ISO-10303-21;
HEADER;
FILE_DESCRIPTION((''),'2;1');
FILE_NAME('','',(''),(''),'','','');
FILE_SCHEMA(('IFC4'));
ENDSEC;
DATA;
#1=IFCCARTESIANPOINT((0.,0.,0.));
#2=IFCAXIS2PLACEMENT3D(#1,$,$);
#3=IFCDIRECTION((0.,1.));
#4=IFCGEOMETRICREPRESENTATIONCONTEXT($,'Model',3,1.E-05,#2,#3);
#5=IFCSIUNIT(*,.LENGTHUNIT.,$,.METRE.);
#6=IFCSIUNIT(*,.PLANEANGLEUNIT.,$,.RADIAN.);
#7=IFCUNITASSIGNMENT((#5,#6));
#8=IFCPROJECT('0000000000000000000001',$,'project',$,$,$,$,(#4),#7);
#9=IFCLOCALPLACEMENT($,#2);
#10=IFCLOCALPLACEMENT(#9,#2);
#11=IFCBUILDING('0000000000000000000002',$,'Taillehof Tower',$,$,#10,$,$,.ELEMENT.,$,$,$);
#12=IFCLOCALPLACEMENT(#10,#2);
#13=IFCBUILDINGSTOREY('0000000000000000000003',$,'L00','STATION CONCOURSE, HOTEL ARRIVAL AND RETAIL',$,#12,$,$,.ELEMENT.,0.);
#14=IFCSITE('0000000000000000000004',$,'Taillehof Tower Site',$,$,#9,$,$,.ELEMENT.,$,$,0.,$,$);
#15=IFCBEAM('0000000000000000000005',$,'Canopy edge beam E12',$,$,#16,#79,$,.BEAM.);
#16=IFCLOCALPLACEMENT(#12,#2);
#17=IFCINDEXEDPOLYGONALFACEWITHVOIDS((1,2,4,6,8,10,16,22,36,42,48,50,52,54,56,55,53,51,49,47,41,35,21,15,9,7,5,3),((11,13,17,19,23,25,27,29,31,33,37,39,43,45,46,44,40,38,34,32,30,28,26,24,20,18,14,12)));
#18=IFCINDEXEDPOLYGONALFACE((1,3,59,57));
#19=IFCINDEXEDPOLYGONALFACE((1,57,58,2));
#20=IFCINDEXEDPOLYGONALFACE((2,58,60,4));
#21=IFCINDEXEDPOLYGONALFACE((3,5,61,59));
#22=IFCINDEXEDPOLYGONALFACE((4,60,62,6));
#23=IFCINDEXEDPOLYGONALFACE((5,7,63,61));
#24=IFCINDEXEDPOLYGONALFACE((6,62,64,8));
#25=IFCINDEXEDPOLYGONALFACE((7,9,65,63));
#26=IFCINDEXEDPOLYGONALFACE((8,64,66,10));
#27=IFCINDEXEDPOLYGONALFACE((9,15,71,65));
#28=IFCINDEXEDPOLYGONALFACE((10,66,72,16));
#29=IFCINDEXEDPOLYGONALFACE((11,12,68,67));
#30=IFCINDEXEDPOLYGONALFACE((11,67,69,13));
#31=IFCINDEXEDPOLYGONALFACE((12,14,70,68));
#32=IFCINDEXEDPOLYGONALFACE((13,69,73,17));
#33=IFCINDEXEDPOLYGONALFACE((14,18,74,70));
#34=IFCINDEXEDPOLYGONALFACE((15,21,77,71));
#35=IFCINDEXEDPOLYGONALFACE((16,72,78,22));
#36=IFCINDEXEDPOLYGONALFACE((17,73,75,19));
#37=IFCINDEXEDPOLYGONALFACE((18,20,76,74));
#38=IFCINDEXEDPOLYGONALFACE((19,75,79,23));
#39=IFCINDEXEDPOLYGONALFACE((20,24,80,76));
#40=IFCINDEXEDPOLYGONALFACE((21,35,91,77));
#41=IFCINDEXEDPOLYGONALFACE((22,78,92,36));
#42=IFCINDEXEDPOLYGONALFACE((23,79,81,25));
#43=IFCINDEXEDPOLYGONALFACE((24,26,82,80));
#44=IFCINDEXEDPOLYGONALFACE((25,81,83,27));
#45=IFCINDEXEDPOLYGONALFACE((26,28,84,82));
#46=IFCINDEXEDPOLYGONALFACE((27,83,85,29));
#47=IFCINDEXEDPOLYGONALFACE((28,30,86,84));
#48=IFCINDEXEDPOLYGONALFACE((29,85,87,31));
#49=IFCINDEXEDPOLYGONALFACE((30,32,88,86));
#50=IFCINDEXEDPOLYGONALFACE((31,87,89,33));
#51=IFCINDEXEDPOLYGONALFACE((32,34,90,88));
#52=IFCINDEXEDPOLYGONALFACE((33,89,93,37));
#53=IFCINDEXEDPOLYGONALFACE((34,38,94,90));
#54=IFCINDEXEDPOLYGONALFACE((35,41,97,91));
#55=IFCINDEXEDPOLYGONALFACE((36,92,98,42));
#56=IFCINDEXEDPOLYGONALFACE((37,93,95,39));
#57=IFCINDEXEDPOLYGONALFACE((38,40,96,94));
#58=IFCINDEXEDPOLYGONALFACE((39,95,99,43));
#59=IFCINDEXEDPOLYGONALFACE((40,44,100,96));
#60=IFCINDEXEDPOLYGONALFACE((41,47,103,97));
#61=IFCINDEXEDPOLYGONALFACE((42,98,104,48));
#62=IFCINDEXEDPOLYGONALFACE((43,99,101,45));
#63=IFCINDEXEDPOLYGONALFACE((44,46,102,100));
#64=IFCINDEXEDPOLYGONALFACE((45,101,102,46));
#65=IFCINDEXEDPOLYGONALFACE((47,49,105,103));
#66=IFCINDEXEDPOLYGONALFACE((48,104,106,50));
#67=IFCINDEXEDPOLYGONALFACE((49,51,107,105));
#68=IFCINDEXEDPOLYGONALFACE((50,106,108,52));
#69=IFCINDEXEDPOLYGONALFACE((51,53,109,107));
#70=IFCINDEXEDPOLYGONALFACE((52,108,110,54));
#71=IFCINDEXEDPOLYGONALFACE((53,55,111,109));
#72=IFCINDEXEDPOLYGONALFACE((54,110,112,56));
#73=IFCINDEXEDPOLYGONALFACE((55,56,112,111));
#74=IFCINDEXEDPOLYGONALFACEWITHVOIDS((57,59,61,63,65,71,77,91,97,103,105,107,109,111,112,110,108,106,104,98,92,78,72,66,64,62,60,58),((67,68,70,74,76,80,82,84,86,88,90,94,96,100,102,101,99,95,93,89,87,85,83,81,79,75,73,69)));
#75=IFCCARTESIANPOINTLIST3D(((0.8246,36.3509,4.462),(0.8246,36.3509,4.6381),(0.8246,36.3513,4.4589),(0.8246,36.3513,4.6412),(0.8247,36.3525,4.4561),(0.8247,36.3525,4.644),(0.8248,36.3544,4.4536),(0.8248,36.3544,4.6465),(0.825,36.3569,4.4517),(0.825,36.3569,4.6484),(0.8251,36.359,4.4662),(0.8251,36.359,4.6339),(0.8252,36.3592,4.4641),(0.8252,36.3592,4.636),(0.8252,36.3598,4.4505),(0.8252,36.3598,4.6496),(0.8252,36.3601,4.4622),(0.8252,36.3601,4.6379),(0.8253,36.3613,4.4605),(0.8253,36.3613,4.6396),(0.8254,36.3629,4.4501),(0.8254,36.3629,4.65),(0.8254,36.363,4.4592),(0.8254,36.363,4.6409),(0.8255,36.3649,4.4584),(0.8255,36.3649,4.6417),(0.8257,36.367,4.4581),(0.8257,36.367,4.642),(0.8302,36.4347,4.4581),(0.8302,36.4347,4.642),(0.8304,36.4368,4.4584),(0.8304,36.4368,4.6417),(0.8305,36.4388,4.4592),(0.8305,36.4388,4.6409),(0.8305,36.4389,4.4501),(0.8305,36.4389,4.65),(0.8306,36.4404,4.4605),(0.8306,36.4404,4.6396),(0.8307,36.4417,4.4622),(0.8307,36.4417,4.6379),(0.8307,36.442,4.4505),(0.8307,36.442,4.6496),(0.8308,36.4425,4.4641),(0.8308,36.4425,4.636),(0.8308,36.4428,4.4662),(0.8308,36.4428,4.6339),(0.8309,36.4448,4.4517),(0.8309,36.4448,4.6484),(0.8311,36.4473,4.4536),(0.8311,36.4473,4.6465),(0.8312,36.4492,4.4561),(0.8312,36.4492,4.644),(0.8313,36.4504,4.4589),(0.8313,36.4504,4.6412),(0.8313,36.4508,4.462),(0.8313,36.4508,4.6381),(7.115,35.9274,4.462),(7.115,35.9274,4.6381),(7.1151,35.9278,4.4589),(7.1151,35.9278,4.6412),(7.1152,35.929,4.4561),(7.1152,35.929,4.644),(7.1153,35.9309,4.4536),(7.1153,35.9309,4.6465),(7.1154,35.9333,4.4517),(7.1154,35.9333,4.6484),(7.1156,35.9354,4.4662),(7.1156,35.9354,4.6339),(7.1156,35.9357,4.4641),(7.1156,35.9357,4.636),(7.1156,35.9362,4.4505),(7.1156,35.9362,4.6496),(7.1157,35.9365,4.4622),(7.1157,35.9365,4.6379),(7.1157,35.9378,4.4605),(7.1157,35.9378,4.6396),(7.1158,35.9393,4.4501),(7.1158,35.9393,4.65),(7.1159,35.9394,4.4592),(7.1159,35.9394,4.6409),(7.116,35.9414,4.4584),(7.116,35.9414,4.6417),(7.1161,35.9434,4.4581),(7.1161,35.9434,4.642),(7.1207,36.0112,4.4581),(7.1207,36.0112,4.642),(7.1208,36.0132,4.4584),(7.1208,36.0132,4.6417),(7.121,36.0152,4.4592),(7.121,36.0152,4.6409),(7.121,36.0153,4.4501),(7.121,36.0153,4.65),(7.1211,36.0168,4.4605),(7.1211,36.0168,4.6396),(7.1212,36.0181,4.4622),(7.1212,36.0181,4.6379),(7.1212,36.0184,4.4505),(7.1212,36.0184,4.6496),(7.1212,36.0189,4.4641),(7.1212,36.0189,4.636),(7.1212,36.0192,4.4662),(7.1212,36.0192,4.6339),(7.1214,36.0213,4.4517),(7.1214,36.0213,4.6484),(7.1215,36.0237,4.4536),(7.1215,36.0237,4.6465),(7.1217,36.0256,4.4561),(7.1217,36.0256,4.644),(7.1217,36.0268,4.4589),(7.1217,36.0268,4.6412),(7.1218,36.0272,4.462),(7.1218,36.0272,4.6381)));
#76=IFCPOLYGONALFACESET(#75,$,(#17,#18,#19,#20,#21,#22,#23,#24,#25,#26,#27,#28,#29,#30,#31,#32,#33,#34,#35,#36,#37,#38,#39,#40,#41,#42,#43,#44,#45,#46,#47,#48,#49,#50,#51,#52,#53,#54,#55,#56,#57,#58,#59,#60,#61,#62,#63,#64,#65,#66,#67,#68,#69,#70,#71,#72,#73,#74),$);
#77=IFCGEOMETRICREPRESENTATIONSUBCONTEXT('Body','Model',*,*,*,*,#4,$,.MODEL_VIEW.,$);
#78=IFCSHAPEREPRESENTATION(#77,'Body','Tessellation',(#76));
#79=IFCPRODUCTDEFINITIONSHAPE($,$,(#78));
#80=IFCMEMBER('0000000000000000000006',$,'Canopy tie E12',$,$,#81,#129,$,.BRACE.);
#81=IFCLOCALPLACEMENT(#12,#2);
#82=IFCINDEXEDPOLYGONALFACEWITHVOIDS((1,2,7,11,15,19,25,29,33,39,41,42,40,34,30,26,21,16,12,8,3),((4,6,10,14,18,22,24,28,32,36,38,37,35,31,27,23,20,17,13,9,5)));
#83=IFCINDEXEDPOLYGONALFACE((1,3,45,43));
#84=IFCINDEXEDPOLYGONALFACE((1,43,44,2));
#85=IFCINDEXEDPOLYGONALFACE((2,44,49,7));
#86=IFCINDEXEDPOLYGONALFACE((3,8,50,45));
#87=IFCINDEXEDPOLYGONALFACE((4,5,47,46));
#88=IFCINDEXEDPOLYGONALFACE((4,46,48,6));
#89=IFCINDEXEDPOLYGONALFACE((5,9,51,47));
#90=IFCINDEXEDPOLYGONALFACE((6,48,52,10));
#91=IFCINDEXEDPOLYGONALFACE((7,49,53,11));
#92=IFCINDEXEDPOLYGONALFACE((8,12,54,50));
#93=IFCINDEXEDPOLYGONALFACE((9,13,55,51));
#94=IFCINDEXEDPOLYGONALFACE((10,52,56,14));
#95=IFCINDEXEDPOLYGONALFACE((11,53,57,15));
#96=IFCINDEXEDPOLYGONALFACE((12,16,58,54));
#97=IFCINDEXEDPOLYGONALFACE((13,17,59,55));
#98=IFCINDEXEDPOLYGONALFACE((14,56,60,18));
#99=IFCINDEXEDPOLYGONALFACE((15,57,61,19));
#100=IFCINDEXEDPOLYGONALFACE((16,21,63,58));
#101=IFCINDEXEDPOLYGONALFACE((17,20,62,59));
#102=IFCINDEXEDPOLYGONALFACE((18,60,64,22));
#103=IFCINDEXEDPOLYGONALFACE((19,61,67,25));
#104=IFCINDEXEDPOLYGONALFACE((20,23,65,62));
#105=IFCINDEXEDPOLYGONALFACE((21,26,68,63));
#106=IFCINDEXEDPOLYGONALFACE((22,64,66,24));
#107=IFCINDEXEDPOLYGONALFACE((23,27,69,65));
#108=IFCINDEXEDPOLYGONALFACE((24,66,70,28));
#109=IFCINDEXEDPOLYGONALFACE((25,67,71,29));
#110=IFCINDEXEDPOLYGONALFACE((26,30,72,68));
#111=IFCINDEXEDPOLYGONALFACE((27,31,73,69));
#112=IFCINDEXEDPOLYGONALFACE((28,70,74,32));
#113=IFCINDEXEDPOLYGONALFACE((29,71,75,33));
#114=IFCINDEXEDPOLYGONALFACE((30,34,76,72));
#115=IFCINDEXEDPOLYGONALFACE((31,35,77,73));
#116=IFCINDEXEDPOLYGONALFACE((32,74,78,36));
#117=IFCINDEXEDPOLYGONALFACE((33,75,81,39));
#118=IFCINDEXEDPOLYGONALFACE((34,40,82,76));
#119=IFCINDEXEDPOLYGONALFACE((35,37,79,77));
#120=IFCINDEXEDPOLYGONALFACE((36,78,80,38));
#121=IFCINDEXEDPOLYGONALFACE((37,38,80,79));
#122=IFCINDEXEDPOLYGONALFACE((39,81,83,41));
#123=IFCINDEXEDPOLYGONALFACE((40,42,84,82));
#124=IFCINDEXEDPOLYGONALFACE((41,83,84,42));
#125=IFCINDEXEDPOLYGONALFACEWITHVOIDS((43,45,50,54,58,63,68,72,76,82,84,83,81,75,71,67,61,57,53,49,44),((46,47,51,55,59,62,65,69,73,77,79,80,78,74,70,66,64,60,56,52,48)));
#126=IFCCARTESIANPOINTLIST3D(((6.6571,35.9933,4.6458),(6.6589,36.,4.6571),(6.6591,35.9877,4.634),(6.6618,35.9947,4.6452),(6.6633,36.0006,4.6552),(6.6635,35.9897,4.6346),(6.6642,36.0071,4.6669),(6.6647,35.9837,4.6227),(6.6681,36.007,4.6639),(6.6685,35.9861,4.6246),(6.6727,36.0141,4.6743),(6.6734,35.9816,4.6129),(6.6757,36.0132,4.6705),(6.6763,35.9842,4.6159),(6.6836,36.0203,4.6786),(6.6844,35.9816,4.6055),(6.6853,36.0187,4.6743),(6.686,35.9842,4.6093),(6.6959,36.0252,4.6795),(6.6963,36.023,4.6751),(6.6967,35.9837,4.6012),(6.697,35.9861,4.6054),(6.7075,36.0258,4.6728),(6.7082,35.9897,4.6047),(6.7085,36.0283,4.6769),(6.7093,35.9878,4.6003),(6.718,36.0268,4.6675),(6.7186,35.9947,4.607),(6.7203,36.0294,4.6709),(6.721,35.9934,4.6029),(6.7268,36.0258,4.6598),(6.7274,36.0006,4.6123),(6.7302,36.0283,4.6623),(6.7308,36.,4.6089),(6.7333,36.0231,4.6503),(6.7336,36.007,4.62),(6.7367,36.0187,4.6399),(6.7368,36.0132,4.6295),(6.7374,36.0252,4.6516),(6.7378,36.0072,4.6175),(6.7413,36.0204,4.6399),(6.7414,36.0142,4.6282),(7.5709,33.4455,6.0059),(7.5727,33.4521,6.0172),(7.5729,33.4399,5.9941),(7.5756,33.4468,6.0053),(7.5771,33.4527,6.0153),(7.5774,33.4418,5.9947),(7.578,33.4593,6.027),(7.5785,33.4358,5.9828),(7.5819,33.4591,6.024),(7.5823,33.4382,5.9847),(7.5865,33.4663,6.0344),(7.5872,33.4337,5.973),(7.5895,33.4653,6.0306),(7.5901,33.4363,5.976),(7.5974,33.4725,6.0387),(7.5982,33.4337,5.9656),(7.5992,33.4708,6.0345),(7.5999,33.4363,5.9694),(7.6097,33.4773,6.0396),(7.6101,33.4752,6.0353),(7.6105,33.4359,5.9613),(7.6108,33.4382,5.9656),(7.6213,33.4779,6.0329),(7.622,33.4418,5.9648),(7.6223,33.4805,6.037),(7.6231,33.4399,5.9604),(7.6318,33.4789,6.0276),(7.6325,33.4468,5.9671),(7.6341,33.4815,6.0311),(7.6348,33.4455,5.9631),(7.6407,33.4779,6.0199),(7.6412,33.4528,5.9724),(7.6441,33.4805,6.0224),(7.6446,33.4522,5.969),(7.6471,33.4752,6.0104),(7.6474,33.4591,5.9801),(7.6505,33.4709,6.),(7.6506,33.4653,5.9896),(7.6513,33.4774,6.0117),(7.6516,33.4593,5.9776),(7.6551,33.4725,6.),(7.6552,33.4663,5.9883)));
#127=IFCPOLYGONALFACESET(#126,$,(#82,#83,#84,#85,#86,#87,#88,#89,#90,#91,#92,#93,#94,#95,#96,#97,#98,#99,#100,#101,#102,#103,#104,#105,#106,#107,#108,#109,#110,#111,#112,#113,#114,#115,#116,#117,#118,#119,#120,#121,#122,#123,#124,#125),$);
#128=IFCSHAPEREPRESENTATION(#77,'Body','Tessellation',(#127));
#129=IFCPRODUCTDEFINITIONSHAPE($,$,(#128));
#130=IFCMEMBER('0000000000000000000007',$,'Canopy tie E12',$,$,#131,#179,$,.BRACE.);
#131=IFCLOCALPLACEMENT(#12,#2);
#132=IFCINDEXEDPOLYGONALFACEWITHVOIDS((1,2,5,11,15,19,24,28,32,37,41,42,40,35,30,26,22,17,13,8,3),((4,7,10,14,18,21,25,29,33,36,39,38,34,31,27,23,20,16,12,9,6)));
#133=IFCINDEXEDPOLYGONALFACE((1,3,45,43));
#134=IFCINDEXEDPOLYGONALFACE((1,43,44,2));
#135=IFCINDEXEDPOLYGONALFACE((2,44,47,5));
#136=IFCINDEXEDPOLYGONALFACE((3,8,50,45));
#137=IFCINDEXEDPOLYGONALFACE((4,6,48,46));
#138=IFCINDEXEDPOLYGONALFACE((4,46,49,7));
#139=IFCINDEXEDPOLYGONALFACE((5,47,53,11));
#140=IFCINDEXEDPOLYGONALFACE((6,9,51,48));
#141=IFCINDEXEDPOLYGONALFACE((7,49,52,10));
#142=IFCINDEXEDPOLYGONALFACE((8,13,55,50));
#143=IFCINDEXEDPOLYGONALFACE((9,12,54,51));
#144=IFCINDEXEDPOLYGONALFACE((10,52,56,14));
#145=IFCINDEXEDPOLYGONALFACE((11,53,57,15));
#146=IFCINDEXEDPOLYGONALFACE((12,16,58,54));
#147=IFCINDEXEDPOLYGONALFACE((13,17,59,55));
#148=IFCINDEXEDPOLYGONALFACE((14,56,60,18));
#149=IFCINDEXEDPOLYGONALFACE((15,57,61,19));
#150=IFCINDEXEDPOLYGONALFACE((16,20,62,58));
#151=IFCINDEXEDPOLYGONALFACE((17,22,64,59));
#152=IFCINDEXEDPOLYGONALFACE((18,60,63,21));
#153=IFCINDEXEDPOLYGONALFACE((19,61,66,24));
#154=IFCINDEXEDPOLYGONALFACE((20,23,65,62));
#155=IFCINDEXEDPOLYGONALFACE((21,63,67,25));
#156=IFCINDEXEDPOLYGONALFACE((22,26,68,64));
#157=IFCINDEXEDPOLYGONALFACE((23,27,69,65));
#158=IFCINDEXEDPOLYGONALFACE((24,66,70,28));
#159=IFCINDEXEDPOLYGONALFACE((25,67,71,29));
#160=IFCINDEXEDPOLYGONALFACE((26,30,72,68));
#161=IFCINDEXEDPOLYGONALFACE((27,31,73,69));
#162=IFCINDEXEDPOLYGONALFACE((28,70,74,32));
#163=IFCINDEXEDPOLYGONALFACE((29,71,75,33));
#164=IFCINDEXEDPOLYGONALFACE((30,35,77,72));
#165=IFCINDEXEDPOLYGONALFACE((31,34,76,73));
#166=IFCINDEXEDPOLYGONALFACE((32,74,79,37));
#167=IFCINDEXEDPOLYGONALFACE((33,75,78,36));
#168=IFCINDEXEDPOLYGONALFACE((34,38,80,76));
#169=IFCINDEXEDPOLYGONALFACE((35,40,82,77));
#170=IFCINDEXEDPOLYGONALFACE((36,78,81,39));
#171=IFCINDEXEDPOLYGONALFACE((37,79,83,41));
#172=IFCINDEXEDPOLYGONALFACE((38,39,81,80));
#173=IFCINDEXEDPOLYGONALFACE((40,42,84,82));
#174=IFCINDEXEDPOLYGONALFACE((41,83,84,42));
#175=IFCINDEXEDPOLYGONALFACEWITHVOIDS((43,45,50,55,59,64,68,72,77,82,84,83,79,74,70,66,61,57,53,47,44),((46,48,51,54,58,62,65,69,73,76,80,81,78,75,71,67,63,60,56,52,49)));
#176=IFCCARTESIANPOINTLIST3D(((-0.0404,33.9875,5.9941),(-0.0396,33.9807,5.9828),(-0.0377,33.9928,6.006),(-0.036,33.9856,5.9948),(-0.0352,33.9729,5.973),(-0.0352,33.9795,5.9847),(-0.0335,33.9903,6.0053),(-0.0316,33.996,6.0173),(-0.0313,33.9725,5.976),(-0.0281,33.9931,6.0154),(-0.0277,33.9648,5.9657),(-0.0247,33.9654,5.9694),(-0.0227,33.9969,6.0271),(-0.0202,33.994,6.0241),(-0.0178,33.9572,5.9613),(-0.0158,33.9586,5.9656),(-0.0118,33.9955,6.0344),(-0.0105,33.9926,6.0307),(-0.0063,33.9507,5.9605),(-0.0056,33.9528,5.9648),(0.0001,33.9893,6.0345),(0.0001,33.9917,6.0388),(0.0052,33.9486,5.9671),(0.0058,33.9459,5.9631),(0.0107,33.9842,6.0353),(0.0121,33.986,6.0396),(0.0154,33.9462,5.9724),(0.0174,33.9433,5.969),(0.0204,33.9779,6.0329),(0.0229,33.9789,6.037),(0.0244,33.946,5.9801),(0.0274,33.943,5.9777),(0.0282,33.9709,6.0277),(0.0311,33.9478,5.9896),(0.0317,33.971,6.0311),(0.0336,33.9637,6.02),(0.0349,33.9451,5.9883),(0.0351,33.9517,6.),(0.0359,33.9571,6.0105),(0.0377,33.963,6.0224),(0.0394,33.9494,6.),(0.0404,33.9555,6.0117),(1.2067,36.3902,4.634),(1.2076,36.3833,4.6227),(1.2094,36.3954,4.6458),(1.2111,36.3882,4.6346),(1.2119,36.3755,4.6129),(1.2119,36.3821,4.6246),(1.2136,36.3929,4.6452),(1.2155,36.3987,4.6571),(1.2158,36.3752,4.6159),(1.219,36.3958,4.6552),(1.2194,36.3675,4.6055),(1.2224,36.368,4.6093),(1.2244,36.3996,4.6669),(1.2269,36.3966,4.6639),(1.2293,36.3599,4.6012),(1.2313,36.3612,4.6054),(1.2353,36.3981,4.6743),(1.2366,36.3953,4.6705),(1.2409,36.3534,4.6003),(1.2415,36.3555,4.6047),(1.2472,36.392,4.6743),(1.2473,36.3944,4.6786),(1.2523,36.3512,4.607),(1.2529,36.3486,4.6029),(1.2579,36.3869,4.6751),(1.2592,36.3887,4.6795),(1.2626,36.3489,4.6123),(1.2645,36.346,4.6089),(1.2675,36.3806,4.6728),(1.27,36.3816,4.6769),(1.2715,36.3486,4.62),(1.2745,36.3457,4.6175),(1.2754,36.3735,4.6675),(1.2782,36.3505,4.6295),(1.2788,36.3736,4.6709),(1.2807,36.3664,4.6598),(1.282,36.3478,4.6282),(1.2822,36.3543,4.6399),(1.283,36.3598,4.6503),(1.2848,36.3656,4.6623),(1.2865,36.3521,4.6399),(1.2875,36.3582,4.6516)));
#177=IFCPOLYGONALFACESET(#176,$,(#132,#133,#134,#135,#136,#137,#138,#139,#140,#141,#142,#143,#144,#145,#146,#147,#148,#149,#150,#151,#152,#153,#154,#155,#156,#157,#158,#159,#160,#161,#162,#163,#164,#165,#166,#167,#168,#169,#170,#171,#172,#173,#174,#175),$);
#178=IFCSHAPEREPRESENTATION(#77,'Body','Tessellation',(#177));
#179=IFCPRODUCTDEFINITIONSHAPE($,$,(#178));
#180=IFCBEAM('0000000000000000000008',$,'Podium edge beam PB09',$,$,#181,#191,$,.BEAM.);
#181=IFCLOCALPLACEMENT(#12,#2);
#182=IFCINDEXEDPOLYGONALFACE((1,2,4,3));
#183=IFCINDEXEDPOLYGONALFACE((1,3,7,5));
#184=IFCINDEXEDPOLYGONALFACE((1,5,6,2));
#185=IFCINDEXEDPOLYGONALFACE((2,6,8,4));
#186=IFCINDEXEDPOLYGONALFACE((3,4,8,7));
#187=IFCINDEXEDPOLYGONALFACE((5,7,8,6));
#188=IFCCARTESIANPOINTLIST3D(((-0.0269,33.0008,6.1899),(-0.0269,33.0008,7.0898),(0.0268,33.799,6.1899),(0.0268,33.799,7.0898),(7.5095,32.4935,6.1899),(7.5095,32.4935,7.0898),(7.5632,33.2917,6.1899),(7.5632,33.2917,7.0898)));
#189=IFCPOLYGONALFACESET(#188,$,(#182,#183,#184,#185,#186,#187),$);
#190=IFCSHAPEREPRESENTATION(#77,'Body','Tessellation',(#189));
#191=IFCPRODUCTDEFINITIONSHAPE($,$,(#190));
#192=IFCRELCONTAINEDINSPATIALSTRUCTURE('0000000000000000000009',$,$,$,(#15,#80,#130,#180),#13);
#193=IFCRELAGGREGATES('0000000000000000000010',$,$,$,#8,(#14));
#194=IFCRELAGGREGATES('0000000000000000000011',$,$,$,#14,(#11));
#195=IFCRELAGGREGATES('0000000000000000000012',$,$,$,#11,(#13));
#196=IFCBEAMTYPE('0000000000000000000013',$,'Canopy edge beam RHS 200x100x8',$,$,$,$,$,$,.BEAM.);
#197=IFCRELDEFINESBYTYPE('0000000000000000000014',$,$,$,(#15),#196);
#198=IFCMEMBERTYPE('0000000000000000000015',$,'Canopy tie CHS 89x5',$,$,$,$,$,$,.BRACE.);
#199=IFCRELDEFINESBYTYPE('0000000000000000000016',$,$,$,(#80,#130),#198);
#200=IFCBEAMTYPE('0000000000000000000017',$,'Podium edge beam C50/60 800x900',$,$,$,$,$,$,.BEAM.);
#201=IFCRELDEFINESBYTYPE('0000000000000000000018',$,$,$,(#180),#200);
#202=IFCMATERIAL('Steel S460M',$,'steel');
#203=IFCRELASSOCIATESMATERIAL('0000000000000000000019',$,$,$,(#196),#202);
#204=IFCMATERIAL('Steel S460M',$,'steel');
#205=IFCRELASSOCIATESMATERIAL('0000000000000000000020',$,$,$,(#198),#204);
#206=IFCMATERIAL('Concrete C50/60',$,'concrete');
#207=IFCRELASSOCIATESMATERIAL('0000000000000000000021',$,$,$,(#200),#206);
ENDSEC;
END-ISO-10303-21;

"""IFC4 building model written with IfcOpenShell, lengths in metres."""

from ifc_helpers import new_model, si_unit, direction, frame, origin, origin_2d, place, context, subcontext, project, spatial, rectangle, hollow_rectangle, hollow_circle, extrude, material, material_profile, profile_set, type_object, element, save


model = new_model("IFC4")

# Units and contexts
model_context = context("Model", 3, precision=1e-05, world=origin(), true_north=direction((0.0, 1.0)))
body_context = subcontext(model_context, "Body", "Model", "MODEL_VIEW")
ifc_project = project(units=[si_unit("LENGTHUNIT", "METRE"), si_unit("PLANEANGLEUNIT", "RADIAN")], contexts=[model_context])

# Site, building, storey
site_placement = place(None, origin())
site = spatial("IfcSite", under=ifc_project, at=site_placement, Name="Taillehof Tower Site", CompositionType="ELEMENT", RefElevation=0.0)
building_placement = place(site_placement, origin())
building = spatial("IfcBuilding", under=site, at=building_placement, Name="Taillehof Tower", CompositionType="ELEMENT")
storey_placement = place(building_placement, origin())
storey = spatial("IfcBuildingStorey", under=building, at=storey_placement, Name="L00", Description="STATION CONCOURSE, HOTEL ARRIVAL AND RETAIL", CompositionType="ELEMENT", Elevation=0.0)

# Beam
ifc_material_1 = material(Name="Steel S460M", Category="steel")
ifc_material_profile_1 = material_profile(ifc_material_1, hollow_rectangle(XDim=0.1001, YDim=0.2, WallThickness=0.0081, InnerFilletRadius=0.0081, OuterFilletRadius=0.012, at=origin_2d()), Name="RHS 200x100x8")
ifc_profile_set_1 = profile_set([ifc_material_profile_1], Name="Steel S460M")
beam_type_1 = type_object("IfcBeamType", Name="Canopy edge beam RHS 200x100x8", PredefinedType="BEAM", material=ifc_profile_set_1)
beam_1_placement = place(storey_placement, frame((7.1184, 35.9773, 4.55), z_axis=(-0.997741, 0.067185, 0.0), x_axis=(-0.067185, -0.997741, 0.0)))
element("IfcBeam", 1, at=beam_1_placement, inside=storey, type_object=beam_type_1, Name="Canopy edge beam E12", PredefinedType="BEAM", context=body_context, shape_type="SweptSolid", body=[
    extrude(hollow_rectangle(XDim=0.1001, YDim=0.2, WallThickness=0.0081, InnerFilletRadius=0.0081, OuterFilletRadius=0.012, at=origin_2d()), origin(), (0.0, 0.0, 1.0), 6.3047),
])

# Members
ifc_material_2 = material(Name="Steel S460M", Category="steel")
ifc_material_profile_2 = material_profile(ifc_material_2, hollow_circle(Radius=0.0444, WallThickness=0.0049, at=origin_2d()), Name="CHS 89x5")
ifc_profile_set_2 = profile_set([ifc_material_profile_2], Name="Steel S460M")
member_type = type_object("IfcMemberType", Name="Canopy tie CHS 89x5", PredefinedType="BRACE", material=ifc_profile_set_2)
member_1_placement = place(storey_placement, frame((6.6995, 36.0054, 4.6399), z_axis=(0.301662, -0.841076, 0.448988), x_axis=(0.941288, 0.337605, 0.0)))
element("IfcMember", 2, at=member_1_placement, inside=storey, type_object=member_type, Name="Canopy tie E12", PredefinedType="BRACE", context=body_context, shape_type="SweptSolid", body=[
    extrude(hollow_circle(Radius=0.0444, WallThickness=0.0049, at=origin_2d()), origin(), (0.0, 0.0, 1.0), 3.0293),
])
member_2_placement = place(storey_placement, frame((1.2471, 36.3726, 4.6399), z_axis=(-0.41165, -0.79308, 0.448963), x_axis=(0.887561, -0.460691, 0.0)))
element("IfcMember", 3, at=member_2_placement, inside=storey, type_object=member_type, Name="Canopy tie E12", PredefinedType="BRACE", context=body_context, shape_type="SweptSolid", body=[
    extrude(hollow_circle(Radius=0.0444, WallThickness=0.0049, at=origin_2d()), origin(), (0.0, 0.0, 1.0), 3.0295),
])

# Beam
ifc_material_3 = material(Name="Concrete C50/60", Category="concrete")
ifc_material_profile_3 = material_profile(ifc_material_3, rectangle(XDim=0.8, YDim=0.8999, at=origin_2d()), Name="RC 800x900")
ifc_profile_set_3 = profile_set([ifc_material_profile_3], Name="Concrete C50/60")
beam_type_2 = type_object("IfcBeamType", Name="Podium edge beam C50/60 800x900", PredefinedType="BEAM", material=ifc_profile_set_3)
beam_2_placement = place(storey_placement, frame((7.5364, 32.8926, 6.6399), z_axis=(-0.997742, 0.067165, 0.0), x_axis=(-0.067165, -0.997742, 0.0)))
element("IfcBeam", 4, at=beam_2_placement, inside=storey, type_object=beam_type_2, Name="Podium edge beam PB09", PredefinedType="BEAM", context=body_context, shape_type="SweptSolid", body=[
    extrude(rectangle(XDim=0.8, YDim=0.8999, at=origin_2d()), origin(), (0.0, 0.0, 1.0), 7.5535),
])

save(model, "model.ifc")
